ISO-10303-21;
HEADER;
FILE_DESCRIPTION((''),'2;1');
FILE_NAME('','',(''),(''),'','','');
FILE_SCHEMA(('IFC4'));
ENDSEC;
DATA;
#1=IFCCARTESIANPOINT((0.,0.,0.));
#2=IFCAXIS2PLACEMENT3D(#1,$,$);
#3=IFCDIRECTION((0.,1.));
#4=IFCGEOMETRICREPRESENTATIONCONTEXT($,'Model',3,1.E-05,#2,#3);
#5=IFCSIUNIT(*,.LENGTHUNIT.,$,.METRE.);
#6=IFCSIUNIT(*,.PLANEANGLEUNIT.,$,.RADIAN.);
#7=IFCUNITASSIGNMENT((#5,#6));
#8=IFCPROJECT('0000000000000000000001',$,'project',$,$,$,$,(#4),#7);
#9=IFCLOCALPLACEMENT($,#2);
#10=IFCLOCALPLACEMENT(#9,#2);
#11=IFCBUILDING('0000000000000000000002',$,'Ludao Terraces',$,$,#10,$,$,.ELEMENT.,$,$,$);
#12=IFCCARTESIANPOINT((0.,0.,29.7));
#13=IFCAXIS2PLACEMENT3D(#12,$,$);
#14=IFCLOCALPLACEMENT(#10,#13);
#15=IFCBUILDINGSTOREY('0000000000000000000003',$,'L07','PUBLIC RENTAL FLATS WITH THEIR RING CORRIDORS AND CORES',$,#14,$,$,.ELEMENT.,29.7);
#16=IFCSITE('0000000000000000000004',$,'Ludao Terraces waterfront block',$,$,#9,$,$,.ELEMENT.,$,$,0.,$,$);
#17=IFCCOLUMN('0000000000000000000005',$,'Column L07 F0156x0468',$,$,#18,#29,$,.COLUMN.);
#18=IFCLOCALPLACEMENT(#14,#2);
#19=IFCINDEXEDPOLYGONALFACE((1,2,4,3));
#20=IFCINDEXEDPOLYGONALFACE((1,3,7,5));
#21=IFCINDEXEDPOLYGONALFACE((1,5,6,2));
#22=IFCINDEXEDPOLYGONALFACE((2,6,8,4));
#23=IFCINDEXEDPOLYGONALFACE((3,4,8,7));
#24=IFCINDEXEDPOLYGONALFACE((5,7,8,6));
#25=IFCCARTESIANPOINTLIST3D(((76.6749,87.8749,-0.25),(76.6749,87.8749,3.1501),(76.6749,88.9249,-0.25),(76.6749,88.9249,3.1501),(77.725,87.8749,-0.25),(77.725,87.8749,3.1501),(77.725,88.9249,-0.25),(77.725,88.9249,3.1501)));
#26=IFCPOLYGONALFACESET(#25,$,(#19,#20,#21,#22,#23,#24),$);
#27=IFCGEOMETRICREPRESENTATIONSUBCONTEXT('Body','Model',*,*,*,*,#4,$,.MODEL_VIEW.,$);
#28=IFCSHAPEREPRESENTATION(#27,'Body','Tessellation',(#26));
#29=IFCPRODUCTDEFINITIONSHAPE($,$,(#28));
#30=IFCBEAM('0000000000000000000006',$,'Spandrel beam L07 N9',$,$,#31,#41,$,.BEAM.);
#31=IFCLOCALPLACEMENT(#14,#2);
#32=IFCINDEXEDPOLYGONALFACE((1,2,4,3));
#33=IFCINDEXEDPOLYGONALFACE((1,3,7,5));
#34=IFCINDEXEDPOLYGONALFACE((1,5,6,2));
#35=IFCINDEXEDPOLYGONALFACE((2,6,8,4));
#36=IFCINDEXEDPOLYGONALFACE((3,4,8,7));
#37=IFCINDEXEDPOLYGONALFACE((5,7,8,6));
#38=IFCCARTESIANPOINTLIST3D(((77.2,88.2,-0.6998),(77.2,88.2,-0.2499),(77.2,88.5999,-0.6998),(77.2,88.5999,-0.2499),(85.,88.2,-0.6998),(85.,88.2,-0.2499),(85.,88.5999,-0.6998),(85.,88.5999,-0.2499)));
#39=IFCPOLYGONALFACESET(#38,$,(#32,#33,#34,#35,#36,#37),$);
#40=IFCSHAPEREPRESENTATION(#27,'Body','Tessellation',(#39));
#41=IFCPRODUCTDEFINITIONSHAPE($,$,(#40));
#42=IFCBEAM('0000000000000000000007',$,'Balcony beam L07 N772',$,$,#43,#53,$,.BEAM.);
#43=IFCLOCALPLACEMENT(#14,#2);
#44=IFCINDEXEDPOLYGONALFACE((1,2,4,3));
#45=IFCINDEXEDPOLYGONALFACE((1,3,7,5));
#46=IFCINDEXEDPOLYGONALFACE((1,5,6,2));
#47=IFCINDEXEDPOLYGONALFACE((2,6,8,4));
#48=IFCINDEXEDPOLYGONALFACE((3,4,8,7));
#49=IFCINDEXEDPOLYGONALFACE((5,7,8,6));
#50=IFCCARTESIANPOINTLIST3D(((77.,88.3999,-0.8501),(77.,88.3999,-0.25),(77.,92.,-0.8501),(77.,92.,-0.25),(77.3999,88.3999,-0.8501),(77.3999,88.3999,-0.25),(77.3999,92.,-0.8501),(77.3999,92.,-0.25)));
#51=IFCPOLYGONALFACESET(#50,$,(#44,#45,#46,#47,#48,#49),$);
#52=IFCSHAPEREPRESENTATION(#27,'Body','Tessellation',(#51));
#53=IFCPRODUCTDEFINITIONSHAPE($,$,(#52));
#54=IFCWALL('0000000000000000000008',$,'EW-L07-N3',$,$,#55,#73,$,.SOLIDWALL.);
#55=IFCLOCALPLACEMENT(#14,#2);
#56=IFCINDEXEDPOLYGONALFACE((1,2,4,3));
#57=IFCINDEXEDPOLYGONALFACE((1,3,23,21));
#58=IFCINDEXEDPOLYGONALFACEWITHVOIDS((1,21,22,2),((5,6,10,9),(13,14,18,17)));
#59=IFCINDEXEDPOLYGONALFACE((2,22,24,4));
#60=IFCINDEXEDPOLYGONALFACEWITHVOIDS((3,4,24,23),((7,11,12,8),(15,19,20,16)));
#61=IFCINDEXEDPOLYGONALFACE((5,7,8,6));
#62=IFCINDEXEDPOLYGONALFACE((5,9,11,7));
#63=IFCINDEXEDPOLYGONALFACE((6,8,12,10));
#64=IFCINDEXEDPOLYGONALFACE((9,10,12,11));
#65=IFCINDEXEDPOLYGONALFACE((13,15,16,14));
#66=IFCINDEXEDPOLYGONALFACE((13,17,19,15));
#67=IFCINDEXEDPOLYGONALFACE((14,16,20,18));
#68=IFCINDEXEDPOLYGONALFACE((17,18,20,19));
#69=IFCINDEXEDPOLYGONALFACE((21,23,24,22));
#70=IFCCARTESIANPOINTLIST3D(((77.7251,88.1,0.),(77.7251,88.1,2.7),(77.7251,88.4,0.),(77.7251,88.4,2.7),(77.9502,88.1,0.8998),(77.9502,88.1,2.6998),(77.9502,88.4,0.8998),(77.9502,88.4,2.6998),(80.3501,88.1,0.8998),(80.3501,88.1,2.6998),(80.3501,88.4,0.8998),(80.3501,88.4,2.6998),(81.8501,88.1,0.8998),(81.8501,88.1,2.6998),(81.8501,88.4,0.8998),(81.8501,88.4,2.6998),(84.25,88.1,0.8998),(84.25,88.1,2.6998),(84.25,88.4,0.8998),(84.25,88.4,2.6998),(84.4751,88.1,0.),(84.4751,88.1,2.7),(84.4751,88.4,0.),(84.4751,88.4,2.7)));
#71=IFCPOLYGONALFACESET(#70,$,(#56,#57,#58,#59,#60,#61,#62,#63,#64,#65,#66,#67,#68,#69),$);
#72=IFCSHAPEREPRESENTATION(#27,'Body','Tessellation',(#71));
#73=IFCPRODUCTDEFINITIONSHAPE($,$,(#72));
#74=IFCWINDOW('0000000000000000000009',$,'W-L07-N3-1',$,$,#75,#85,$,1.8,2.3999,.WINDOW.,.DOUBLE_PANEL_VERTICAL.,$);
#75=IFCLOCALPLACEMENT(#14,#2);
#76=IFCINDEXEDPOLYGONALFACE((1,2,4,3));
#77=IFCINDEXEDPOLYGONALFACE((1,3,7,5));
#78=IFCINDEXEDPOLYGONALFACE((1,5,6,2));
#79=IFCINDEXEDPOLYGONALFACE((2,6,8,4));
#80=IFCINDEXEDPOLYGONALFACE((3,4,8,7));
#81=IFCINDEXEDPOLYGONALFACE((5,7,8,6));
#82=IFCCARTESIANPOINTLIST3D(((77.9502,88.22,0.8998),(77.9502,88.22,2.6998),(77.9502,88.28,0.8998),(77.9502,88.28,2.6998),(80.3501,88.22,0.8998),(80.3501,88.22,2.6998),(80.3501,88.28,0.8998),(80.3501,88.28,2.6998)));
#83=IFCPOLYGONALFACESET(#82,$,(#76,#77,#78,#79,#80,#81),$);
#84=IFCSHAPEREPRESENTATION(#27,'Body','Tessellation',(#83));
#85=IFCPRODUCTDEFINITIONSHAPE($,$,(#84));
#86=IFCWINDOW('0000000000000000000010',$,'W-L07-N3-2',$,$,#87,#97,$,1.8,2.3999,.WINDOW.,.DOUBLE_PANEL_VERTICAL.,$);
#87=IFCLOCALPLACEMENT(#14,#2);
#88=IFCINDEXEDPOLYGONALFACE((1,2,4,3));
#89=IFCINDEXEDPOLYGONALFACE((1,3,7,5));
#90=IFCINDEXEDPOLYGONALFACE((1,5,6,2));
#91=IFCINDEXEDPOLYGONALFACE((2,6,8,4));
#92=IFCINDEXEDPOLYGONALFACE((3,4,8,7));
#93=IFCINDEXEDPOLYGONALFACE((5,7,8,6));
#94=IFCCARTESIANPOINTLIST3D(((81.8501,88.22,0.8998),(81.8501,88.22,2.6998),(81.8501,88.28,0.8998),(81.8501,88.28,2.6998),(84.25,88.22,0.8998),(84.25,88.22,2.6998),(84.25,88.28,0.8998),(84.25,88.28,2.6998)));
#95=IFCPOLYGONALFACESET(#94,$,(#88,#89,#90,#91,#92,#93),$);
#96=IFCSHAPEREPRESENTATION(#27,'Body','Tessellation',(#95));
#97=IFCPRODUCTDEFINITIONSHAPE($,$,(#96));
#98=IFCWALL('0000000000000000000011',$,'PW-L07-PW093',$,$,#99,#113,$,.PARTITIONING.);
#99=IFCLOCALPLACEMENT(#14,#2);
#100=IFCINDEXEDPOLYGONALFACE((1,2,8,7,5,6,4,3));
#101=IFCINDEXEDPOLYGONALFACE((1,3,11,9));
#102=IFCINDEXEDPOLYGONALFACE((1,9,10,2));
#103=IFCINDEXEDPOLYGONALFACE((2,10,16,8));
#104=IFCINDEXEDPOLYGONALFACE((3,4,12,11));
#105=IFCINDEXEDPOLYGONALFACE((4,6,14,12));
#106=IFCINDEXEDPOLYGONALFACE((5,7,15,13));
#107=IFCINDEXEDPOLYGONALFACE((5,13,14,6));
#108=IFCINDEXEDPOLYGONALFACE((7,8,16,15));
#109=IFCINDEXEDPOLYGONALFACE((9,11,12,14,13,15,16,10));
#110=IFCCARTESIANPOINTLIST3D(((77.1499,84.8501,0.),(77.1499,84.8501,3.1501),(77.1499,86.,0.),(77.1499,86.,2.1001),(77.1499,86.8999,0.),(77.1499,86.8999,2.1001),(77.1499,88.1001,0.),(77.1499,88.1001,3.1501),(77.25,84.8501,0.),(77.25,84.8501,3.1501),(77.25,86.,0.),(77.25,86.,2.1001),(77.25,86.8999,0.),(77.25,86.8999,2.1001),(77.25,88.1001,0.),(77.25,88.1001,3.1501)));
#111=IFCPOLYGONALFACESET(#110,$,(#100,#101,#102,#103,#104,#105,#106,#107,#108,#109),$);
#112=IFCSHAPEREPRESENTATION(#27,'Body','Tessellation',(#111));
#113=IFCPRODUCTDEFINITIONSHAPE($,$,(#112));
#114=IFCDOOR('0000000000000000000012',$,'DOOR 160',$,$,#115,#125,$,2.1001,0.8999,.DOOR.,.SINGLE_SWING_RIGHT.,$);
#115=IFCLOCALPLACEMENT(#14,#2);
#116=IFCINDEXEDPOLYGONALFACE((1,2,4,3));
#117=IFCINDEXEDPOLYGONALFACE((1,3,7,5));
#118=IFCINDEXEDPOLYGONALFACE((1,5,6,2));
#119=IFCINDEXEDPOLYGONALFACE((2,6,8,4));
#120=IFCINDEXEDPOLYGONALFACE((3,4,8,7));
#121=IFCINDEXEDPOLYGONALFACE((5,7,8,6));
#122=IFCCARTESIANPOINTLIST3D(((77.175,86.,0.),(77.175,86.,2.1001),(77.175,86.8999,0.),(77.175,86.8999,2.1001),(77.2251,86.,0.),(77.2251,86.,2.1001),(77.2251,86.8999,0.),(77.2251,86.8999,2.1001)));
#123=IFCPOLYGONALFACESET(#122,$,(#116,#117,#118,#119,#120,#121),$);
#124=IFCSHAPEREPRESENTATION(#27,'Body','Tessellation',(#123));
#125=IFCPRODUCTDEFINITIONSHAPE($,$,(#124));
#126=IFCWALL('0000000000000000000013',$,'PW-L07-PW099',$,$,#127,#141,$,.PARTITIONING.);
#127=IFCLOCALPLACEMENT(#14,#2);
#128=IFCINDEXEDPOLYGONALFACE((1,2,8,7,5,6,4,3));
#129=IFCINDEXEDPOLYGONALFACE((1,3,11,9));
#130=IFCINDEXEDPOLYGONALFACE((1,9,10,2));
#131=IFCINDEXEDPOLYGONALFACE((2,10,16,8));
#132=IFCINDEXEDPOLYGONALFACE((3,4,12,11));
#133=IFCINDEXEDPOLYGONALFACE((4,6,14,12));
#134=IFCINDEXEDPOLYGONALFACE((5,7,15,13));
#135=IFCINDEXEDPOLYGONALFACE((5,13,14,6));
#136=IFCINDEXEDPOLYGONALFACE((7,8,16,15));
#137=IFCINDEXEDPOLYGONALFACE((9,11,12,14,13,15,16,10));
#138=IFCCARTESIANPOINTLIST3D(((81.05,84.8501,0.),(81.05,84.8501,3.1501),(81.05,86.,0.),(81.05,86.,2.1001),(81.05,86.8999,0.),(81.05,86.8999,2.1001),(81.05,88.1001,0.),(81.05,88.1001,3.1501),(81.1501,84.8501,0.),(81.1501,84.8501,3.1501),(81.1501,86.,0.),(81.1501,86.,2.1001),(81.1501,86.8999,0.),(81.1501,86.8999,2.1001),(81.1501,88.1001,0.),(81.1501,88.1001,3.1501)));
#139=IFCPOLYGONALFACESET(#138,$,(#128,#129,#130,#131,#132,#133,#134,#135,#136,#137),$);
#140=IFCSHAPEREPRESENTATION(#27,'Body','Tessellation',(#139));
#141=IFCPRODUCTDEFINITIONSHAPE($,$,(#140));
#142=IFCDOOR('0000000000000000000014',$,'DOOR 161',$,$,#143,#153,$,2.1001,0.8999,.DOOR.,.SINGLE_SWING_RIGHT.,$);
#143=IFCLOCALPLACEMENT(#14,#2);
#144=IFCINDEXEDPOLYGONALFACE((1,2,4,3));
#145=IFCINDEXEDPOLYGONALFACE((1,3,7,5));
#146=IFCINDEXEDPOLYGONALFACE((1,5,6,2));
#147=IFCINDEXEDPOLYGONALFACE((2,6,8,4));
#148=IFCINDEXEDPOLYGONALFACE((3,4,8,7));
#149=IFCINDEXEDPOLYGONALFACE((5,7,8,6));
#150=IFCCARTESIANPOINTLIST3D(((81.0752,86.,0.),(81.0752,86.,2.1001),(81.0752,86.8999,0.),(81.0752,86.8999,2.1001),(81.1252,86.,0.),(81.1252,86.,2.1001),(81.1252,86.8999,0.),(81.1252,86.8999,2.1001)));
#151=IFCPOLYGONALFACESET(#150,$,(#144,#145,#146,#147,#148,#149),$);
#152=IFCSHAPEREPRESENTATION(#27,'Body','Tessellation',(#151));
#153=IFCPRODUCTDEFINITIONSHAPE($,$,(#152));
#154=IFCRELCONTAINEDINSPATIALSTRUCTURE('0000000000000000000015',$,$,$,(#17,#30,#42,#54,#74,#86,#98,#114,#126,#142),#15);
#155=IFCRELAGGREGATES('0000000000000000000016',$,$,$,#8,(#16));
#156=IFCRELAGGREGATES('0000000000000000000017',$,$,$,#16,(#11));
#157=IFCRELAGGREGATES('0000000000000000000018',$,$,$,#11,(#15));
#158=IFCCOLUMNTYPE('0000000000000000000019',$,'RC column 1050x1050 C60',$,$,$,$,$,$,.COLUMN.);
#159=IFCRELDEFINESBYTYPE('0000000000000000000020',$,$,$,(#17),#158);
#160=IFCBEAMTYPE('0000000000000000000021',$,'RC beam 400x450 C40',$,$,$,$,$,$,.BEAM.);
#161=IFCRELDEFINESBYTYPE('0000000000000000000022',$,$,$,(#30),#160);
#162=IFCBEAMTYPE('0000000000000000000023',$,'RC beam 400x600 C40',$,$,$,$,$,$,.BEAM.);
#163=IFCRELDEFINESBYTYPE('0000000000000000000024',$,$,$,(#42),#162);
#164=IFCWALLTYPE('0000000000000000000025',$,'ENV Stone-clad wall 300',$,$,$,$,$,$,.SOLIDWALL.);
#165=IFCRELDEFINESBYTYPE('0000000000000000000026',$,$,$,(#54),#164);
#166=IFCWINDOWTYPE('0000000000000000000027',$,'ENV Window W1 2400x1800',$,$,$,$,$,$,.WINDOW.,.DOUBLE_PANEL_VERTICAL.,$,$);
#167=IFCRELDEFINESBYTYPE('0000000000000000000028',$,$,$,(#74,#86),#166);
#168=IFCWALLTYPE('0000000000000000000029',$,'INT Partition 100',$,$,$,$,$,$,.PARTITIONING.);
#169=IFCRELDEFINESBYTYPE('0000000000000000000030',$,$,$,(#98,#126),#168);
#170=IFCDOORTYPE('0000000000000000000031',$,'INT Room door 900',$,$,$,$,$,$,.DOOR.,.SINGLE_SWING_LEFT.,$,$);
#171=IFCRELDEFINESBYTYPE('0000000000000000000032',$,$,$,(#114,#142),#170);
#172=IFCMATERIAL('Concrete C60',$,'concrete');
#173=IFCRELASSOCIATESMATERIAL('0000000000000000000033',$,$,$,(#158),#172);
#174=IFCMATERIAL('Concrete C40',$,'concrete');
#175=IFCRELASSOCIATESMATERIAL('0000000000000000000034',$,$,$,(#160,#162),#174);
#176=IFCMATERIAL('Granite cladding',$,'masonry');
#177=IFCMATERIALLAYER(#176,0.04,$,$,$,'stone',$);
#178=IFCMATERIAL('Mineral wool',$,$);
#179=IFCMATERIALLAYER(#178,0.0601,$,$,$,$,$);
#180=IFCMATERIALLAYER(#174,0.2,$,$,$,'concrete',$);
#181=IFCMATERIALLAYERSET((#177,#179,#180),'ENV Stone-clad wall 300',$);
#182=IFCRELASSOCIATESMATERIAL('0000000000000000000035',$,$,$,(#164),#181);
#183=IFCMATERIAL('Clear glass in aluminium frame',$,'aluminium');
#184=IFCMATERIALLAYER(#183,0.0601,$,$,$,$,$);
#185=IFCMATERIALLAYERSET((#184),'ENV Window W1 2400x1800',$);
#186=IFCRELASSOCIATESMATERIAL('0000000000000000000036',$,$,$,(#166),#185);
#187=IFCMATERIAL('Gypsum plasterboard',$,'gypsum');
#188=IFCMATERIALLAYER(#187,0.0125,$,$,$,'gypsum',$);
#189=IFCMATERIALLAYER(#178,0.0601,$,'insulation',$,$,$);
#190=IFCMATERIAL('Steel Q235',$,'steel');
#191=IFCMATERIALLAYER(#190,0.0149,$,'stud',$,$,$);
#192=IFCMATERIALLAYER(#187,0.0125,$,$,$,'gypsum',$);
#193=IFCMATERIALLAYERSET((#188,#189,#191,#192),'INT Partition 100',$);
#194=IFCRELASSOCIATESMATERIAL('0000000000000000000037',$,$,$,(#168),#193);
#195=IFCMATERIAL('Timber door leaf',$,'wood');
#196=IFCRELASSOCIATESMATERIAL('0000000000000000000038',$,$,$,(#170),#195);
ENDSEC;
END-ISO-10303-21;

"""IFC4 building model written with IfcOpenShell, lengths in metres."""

from ifc_helpers import new_model, si_unit, direction, frame, frame_2d, origin, origin_2d, place, context, subcontext, project, spatial, rectangle, extrude, material, layer, layer_set, material_profile, profile_set, type_object, element, fill, save


model = new_model("IFC4")

# Units and contexts
model_context = context("Model", 3, precision=1e-05, world=origin(), true_north=direction((0.0, 1.0)))
body_context = subcontext(model_context, "Body", "Model", "MODEL_VIEW")
ifc_project = project(units=[si_unit("LENGTHUNIT", "METRE"), si_unit("PLANEANGLEUNIT", "RADIAN")], contexts=[model_context])

# Site, building, storey
site_placement = place(None, origin())
site = spatial("IfcSite", under=ifc_project, at=site_placement, Name="Ludao Terraces waterfront block", CompositionType="ELEMENT", RefElevation=0.0)
building_placement = place(site_placement, origin())
building = spatial("IfcBuilding", under=site, at=building_placement, Name="Ludao Terraces", CompositionType="ELEMENT")
storey_placement = place(building_placement, frame((0.0, 0.0, 29.7)))
storey = spatial("IfcBuildingStorey", under=building, at=storey_placement, Name="L07", Description="PUBLIC RENTAL FLATS WITH THEIR RING CORRIDORS AND CORES", CompositionType="ELEMENT", Elevation=29.7)

# Column
ifc_material_1 = material(Name="Concrete C60", Category="concrete")
ifc_material_profile_1 = material_profile(ifc_material_1, rectangle(XDim=1.05, YDim=1.05, at=origin_2d()), Name="1050 X 1050")
ifc_profile_set_1 = profile_set([ifc_material_profile_1], Name="Concrete C60")
column_type = type_object("IfcColumnType", Name="RC column 1050x1050 C60", PredefinedType="COLUMN", material=ifc_profile_set_1)
column_placement = place(storey_placement, frame((77.2, 88.3999, -0.25), z_axis=(0.0, 0.0, 1.0), x_axis=(1.0, 0.0, 0.0)))
element("IfcColumn", 1, at=column_placement, inside=storey, type_object=column_type, Name="Column L07 F0156x0468", PredefinedType="COLUMN", context=body_context, shape_type="SweptSolid", body=[
    extrude(rectangle(XDim=1.05, YDim=1.05, at=origin_2d()), origin(), (0.0, 0.0, 1.0), 3.4001),
])

# Beams
ifc_material_2 = material(Name="Concrete C40", Category="concrete")
ifc_material_profile_2 = material_profile(ifc_material_2, rectangle(XDim=0.3999, YDim=0.45, at=origin_2d()), Name="400 X 450")
ifc_profile_set_2 = profile_set([ifc_material_profile_2], Name="Concrete C40")
beam_type_1 = type_object("IfcBeamType", Name="RC beam 400x450 C40", PredefinedType="BEAM", material=ifc_profile_set_2)
beam_1_placement = place(storey_placement, frame((77.2, 88.3999, -0.4749), z_axis=(1.0, 0.0, 0.0), x_axis=(0.0, 1.0, 0.0)))
element("IfcBeam", 2, at=beam_1_placement, inside=storey, type_object=beam_type_1, Name="Spandrel beam L07 N9", PredefinedType="BEAM", context=body_context, shape_type="SweptSolid", body=[
    extrude(rectangle(XDim=0.3999, YDim=0.45, at=origin_2d()), origin(), (0.0, 0.0, 1.0), 7.8),
])
ifc_material_profile_3 = material_profile(ifc_material_2, rectangle(XDim=0.3999, YDim=0.6001, at=origin_2d()), Name="400 X 600")
ifc_profile_set_3 = profile_set([ifc_material_profile_3], Name="Concrete C40")
beam_type_2 = type_object("IfcBeamType", Name="RC beam 400x600 C40", PredefinedType="BEAM", material=ifc_profile_set_3)
beam_2_placement = place(storey_placement, frame((77.2, 88.3999, -0.55), z_axis=(0.0, 1.0, 0.0), x_axis=(-1.0, 0.0, 0.0)))
element("IfcBeam", 3, at=beam_2_placement, inside=storey, type_object=beam_type_2, Name="Balcony beam L07 N772", PredefinedType="BEAM", context=body_context, shape_type="SweptSolid", body=[
    extrude(rectangle(XDim=0.3999, YDim=0.6001, at=origin_2d()), origin(), (0.0, 0.0, 1.0), 3.6001),
])

# Wall, openings, windows
ifc_material_3 = material(Name="Granite cladding", Category="masonry")
ifc_layer_1 = layer(ifc_material_3, 0.04, Category="stone")
ifc_material_4 = material(Name="Mineral wool")
ifc_layer_2 = layer(ifc_material_4, 0.0601)
ifc_layer_3 = layer(ifc_material_2, 0.2, Category="concrete")
ifc_layer_set_1 = layer_set([ifc_layer_1, ifc_layer_2, ifc_layer_3], Name="ENV Stone-clad wall 300")
wall_type_1 = type_object("IfcWallType", Name="ENV Stone-clad wall 300", PredefinedType="SOLIDWALL", material=ifc_layer_set_1)
wall_1_placement = place(storey_placement, frame((77.7251, 88.25, 0.0), z_axis=(0.0, 0.0, 1.0), x_axis=(1.0, 0.0, 0.0)))
wall_1 = element("IfcWall", 4, at=wall_1_placement, inside=storey, type_object=wall_type_1, Name="EW-L07-N3", PredefinedType="SOLIDWALL", context=body_context, shape_type="SweptSolid", body=[
    extrude(rectangle(XDim=6.75, YDim=0.3, at=frame_2d((3.375, 0.0))), origin(), (0.0, 0.0, 1.0), 2.7),
])
opening_1_placement = place(wall_1_placement, frame((0.2251, 0.0, 0.8999)))
opening_1 = element("IfcOpeningElement", 5, at=opening_1_placement, cuts=wall_1, PredefinedType="OPENING", context=body_context, shape_type="SweptSolid", body=[
    extrude(rectangle(XDim=2.3999, YDim=1.8, at=frame_2d((1.2, 0.8999))), frame((0.0, 0.1602, 0.0), z_axis=(0.0, -1.0, 0.0), x_axis=(1.0, 0.0, 0.0)), (0.0, 0.0, 1.0), 0.3201),
])
opening_2_placement = place(wall_1_placement, frame((4.125, 0.0, 0.8999)))
opening_2 = element("IfcOpeningElement", 6, at=opening_2_placement, cuts=wall_1, PredefinedType="OPENING", context=body_context, shape_type="SweptSolid", body=[
    extrude(rectangle(XDim=2.3999, YDim=1.8, at=frame_2d((1.2, 0.8999))), frame((0.0, 0.1602, 0.0), z_axis=(0.0, -1.0, 0.0), x_axis=(1.0, 0.0, 0.0)), (0.0, 0.0, 1.0), 0.3201),
])
ifc_material_5 = material(Name="Clear glass in aluminium frame", Category="aluminium")
ifc_layer_4 = layer(ifc_material_5, 0.0601)
ifc_layer_set_2 = layer_set([ifc_layer_4], Name="ENV Window W1 2400x1800")
window_type = type_object("IfcWindowType", Name="ENV Window W1 2400x1800", PartitioningType="DOUBLE_PANEL_VERTICAL", PredefinedType="WINDOW", material=ifc_layer_set_2)
window_1_placement = place(opening_1_placement, origin())
window_1 = element("IfcWindow", 7, at=window_1_placement, inside=storey, type_object=window_type, Name="W-L07-N3-1", OverallHeight=1.8, OverallWidth=2.3999, PartitioningType="DOUBLE_PANEL_VERTICAL", PredefinedType="WINDOW", context=body_context, shape_type="SweptSolid", body=[
    extrude(rectangle(XDim=2.3999, YDim=1.8, at=frame_2d((1.2, 0.8999))), frame((0.0, 0.03, 0.0), z_axis=(0.0, -1.0, 0.0), x_axis=(1.0, 0.0, 0.0)), (0.0, 0.0, 1.0), 0.0601),
])
fill(opening_1, window_1)
window_2_placement = place(opening_2_placement, origin())
window_2 = element("IfcWindow", 8, at=window_2_placement, inside=storey, type_object=window_type, Name="W-L07-N3-2", OverallHeight=1.8, OverallWidth=2.3999, PartitioningType="DOUBLE_PANEL_VERTICAL", PredefinedType="WINDOW", context=body_context, shape_type="SweptSolid", body=[
    extrude(rectangle(XDim=2.3999, YDim=1.8, at=frame_2d((1.2, 0.8999))), frame((0.0, 0.03, 0.0), z_axis=(0.0, -1.0, 0.0), x_axis=(1.0, 0.0, 0.0)), (0.0, 0.0, 1.0), 0.0601),
])
fill(opening_2, window_2)

# Walls, openings, doors
ifc_material_6 = material(Name="Gypsum plasterboard", Category="gypsum")
ifc_layer_5 = layer(ifc_material_6, 0.0125, Category="gypsum")
ifc_layer_6 = layer(ifc_material_4, 0.0601, Name="insulation")
ifc_material_7 = material(Name="Steel Q235", Category="steel")
ifc_layer_7 = layer(ifc_material_7, 0.0149, Name="stud")
ifc_layer_8 = layer(ifc_material_6, 0.0125, Category="gypsum")
ifc_layer_set_3 = layer_set([ifc_layer_5, ifc_layer_6, ifc_layer_7, ifc_layer_8], Name="INT Partition 100")
wall_type_2 = type_object("IfcWallType", Name="INT Partition 100", PredefinedType="PARTITIONING", material=ifc_layer_set_3)
wall_2_placement = place(storey_placement, frame((77.2, 84.8501, 0.0), z_axis=(0.0, 0.0, 1.0), x_axis=(0.0, 1.0, 0.0)))
wall_2 = element("IfcWall", 9, at=wall_2_placement, inside=storey, type_object=wall_type_2, Name="PW-L07-PW093", PredefinedType="PARTITIONING", context=body_context, shape_type="SweptSolid", body=[
    extrude(rectangle(XDim=3.25, YDim=0.1001, at=frame_2d((1.625, 0.0))), origin(), (0.0, 0.0, 1.0), 3.1501),
])
opening_3_placement = place(wall_2_placement, frame((1.1499, 0.0, 0.0)))
opening_3 = element("IfcOpeningElement", 10, at=opening_3_placement, cuts=wall_2, PredefinedType="OPENING", context=body_context, shape_type="SweptSolid", body=[
    extrude(rectangle(XDim=0.8999, YDim=2.1001, at=frame_2d((0.45, 1.05))), frame((0.0, 0.0601, 0.0), z_axis=(0.0, -1.0, 0.0), x_axis=(1.0, 0.0, 0.0)), (0.0, 0.0, 1.0), 0.1201),
])
ifc_material_8 = material(Name="Timber door leaf", Category="wood")
door_type_1 = type_object("IfcDoorType", Name="INT Room door 900", OperationType="SINGLE_SWING_LEFT", PredefinedType="DOOR", material=ifc_material_8)
door_1_placement = place(opening_3_placement, origin())
door_1 = element("IfcDoor", 11, at=door_1_placement, inside=storey, type_object=door_type_1, Name="DOOR 160", OperationType="SINGLE_SWING_RIGHT", OverallHeight=2.1001, OverallWidth=0.8999, PredefinedType="DOOR", context=body_context, shape_type="SweptSolid", body=[
    extrude(rectangle(XDim=0.8999, YDim=2.1001, at=frame_2d((0.45, 1.05))), frame((0.0, 0.0249, 0.0), z_axis=(0.0, -1.0, 0.0), x_axis=(1.0, 0.0, 0.0)), (0.0, 0.0, 1.0), 0.05),
])
fill(opening_3, door_1)
wall_3_placement = place(storey_placement, frame((81.1001, 84.8501, 0.0), z_axis=(0.0, 0.0, 1.0), x_axis=(0.0, 1.0, 0.0)))
wall_3 = element("IfcWall", 12, at=wall_3_placement, inside=storey, type_object=wall_type_2, Name="PW-L07-PW099", PredefinedType="PARTITIONING", context=body_context, shape_type="SweptSolid", body=[
    extrude(rectangle(XDim=3.25, YDim=0.1001, at=frame_2d((1.625, 0.0))), origin(), (0.0, 0.0, 1.0), 3.1501),
])
opening_4_placement = place(wall_3_placement, frame((1.1499, 0.0, 0.0)))
opening_4 = element("IfcOpeningElement", 13, at=opening_4_placement, cuts=wall_3, PredefinedType="OPENING", context=body_context, shape_type="SweptSolid", body=[
    extrude(rectangle(XDim=0.8999, YDim=2.1001, at=frame_2d((0.45, 1.05))), frame((0.0, 0.0601, 0.0), z_axis=(0.0, -1.0, 0.0), x_axis=(1.0, 0.0, 0.0)), (0.0, 0.0, 1.0), 0.1201),
])
door_2_placement = place(opening_4_placement, origin())
door_2 = element("IfcDoor", 14, at=door_2_placement, inside=storey, type_object=door_type_1, Name="DOOR 161", OperationType="SINGLE_SWING_RIGHT", OverallHeight=2.1001, OverallWidth=0.8999, PredefinedType="DOOR", context=body_context, shape_type="SweptSolid", body=[
    extrude(rectangle(XDim=0.8999, YDim=2.1001, at=frame_2d((0.45, 1.05))), frame((0.0, 0.0249, 0.0), z_axis=(0.0, -1.0, 0.0), x_axis=(1.0, 0.0, 0.0)), (0.0, 0.0, 1.0), 0.05),
])
fill(opening_4, door_2)

save(model, "model.ifc")
